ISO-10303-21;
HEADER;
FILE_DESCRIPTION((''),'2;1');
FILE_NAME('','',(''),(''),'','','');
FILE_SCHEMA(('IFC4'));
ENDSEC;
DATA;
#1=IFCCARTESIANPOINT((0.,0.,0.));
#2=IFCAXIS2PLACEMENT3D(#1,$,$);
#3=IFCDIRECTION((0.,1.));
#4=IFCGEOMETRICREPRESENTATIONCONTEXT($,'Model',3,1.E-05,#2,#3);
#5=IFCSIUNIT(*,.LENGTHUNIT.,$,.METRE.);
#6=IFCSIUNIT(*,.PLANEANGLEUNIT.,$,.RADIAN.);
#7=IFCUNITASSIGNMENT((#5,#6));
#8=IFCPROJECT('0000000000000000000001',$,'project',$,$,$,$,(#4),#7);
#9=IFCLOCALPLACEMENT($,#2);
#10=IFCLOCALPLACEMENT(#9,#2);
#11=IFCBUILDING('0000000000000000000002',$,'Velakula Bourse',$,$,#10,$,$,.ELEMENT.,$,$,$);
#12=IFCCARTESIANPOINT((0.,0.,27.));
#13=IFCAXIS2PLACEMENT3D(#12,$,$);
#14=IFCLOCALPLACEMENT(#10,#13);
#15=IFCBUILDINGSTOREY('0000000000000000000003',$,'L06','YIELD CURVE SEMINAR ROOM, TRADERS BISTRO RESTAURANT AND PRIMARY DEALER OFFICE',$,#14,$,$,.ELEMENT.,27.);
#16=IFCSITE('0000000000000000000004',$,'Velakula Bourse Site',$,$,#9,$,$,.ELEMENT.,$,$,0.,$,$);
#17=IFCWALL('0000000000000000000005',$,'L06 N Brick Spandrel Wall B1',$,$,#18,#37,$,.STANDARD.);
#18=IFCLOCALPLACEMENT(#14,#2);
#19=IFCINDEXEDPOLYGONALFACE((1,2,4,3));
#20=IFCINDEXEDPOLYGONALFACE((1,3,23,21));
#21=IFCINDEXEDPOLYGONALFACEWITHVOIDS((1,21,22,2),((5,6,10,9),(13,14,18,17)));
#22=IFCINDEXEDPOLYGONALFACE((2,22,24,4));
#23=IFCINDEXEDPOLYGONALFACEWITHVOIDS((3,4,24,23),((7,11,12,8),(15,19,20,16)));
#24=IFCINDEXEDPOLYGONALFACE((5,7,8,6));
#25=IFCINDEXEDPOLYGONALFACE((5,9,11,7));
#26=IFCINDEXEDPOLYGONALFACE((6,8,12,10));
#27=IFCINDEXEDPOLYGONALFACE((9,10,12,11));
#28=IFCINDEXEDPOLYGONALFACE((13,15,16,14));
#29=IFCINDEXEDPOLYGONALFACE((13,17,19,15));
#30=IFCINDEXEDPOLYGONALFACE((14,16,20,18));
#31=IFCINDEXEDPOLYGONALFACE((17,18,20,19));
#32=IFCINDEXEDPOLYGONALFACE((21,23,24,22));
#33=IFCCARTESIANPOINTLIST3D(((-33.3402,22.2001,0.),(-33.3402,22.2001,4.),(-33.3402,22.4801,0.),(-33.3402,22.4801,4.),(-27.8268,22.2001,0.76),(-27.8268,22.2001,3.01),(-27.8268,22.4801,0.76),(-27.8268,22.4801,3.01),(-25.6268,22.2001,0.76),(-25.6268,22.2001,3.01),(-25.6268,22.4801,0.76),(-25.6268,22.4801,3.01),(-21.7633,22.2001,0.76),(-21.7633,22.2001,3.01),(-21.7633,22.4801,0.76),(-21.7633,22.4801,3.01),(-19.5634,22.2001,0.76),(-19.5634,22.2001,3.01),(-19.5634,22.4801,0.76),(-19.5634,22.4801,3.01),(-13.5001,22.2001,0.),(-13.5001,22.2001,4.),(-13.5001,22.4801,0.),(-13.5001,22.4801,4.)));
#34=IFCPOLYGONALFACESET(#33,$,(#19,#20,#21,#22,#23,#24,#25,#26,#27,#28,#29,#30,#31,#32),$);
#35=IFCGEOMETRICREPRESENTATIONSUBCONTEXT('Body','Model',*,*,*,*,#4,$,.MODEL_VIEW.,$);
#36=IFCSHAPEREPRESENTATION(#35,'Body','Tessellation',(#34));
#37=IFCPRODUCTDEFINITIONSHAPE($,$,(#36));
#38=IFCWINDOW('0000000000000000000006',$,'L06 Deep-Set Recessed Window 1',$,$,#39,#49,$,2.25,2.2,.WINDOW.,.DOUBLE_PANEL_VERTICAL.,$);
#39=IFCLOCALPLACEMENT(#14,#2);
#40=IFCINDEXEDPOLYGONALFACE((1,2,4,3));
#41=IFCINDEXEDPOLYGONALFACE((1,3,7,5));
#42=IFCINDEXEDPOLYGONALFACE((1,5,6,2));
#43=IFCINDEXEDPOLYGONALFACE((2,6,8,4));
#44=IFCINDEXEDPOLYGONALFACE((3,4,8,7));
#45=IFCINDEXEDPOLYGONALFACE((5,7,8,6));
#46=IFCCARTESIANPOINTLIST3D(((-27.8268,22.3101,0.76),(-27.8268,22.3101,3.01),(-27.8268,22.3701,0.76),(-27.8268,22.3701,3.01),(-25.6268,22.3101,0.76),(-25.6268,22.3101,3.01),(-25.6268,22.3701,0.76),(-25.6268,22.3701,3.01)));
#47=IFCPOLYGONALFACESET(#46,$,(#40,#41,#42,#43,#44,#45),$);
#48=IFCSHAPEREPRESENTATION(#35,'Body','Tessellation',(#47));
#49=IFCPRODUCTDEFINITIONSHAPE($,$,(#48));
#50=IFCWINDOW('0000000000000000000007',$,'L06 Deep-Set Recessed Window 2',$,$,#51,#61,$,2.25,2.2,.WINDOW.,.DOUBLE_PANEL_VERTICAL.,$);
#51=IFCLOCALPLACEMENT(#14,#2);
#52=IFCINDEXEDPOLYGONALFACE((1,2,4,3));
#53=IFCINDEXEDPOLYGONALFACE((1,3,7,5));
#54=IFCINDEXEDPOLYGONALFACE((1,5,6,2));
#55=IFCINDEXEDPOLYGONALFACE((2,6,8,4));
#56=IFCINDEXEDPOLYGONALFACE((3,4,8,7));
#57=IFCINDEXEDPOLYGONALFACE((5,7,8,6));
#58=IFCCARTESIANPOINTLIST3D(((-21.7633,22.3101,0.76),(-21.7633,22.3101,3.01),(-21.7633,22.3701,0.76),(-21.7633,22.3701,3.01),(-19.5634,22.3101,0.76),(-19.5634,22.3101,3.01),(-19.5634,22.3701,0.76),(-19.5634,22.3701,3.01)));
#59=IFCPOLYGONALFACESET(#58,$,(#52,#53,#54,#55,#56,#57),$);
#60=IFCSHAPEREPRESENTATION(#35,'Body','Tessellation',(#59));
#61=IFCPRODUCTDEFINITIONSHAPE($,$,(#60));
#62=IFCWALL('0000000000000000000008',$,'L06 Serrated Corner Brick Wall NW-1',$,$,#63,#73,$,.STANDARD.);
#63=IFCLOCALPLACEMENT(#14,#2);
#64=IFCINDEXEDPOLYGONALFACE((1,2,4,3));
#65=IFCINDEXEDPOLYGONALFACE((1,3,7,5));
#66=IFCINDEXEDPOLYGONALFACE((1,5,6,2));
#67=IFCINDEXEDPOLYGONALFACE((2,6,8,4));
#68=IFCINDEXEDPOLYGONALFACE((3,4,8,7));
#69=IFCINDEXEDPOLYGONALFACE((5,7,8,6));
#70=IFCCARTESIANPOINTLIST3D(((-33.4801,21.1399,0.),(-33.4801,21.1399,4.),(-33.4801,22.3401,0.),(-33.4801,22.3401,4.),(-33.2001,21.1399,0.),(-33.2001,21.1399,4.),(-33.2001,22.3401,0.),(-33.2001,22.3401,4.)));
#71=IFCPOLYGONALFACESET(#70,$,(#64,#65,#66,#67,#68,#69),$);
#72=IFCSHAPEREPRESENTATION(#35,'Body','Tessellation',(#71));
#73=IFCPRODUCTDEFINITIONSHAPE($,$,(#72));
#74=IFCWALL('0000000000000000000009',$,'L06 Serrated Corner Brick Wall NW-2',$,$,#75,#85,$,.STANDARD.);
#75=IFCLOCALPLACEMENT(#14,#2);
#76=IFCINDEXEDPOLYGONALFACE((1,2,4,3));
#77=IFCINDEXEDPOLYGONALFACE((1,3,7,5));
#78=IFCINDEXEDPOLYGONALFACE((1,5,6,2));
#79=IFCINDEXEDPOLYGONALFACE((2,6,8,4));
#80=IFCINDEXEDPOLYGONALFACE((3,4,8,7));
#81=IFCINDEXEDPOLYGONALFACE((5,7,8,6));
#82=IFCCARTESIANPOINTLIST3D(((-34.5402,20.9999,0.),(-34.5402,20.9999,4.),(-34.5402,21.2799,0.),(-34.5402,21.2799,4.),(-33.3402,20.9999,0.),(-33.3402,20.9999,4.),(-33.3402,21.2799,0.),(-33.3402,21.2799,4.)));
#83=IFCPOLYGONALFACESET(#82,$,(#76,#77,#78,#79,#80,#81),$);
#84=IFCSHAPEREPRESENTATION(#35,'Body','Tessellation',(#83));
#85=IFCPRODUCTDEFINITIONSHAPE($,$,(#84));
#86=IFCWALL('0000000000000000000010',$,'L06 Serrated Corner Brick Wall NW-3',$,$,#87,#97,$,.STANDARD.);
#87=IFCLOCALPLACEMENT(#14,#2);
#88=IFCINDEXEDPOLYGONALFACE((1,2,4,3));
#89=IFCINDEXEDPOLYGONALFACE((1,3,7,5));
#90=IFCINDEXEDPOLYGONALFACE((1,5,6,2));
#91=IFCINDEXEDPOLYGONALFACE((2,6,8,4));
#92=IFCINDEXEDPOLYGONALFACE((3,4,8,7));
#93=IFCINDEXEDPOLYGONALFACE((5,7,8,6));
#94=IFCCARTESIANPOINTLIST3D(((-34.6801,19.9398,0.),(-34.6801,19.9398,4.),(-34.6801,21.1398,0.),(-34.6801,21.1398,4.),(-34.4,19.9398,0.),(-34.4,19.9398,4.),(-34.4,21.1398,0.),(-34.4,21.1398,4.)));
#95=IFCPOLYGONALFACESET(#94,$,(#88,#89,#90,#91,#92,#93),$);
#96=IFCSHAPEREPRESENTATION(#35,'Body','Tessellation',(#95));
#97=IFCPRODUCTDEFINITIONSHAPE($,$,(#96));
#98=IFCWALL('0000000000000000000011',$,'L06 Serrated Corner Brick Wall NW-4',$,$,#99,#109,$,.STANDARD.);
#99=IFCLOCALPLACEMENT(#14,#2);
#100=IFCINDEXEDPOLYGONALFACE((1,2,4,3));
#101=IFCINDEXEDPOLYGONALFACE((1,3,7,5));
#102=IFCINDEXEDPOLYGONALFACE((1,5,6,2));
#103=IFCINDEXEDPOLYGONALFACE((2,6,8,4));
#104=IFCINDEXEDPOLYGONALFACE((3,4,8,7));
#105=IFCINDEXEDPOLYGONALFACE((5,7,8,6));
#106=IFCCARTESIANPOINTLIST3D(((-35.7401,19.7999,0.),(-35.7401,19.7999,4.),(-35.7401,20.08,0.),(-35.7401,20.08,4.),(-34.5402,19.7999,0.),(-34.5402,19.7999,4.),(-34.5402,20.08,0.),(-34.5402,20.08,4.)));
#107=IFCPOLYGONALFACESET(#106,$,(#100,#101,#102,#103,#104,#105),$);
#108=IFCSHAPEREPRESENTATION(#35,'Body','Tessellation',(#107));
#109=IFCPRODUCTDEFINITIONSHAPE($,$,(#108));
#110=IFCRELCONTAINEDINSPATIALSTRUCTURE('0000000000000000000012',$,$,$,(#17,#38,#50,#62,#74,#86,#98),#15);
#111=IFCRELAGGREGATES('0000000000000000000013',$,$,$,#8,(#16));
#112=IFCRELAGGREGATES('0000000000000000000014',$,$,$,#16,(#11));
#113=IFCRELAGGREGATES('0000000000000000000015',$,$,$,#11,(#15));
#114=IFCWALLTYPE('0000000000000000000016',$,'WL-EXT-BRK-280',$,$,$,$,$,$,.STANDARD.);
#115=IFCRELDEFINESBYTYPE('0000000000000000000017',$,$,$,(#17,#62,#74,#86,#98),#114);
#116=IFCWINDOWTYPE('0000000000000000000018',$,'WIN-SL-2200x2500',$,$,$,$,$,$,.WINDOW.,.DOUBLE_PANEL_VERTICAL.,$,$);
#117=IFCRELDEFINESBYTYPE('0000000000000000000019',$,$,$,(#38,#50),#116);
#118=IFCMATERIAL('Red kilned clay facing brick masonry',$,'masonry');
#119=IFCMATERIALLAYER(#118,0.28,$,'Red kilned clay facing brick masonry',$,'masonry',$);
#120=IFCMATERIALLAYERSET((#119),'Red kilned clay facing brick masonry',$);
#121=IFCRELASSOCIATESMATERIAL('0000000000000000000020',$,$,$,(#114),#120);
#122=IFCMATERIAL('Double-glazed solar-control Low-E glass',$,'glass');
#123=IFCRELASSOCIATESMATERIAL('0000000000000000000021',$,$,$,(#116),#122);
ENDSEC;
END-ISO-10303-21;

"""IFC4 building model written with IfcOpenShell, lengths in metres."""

from ifc_helpers import new_model, si_unit, direction, frame, frame_2d, origin, place, context, subcontext, project, spatial, rectangle, extrude, material, layer, layer_set, type_object, element, fill, save


model = new_model("IFC4")

# Units and contexts
model_context = context("Model", 3, precision=1e-05, world=origin(), true_north=direction((0.0, 1.0)))
body_context = subcontext(model_context, "Body", "Model", "MODEL_VIEW")
ifc_project = project(units=[si_unit("LENGTHUNIT", "METRE"), si_unit("PLANEANGLEUNIT", "RADIAN")], contexts=[model_context])

# Site, building, storey
site_placement = place(None, origin())
site = spatial("IfcSite", under=ifc_project, at=site_placement, Name="Velakula Bourse Site", CompositionType="ELEMENT", RefElevation=0.0)
building_placement = place(site_placement, origin())
building = spatial("IfcBuilding", under=site, at=building_placement, Name="Velakula Bourse", CompositionType="ELEMENT")
storey_placement = place(building_placement, frame((0.0, 0.0, 27.0)))
storey = spatial("IfcBuildingStorey", under=building, at=storey_placement, Name="L06", Description="YIELD CURVE SEMINAR ROOM, TRADERS BISTRO RESTAURANT AND PRIMARY DEALER OFFICE", CompositionType="ELEMENT", Elevation=27.0)

# Wall, openings, windows
ifc_material_1 = material(Name="Red kilned clay facing brick masonry", Category="masonry")
ifc_layer_1 = layer(ifc_material_1, 0.28, Name="Red kilned clay facing brick masonry", Category="masonry")
ifc_layer_set_1 = layer_set([ifc_layer_1], Name="Red kilned clay facing brick masonry")
wall_type = type_object("IfcWallType", Name="WL-EXT-BRK-280", PredefinedType="STANDARD", material=ifc_layer_set_1)
wall_1_placement = place(storey_placement, frame((-33.3401, 22.3401, 0.0), z_axis=(0.0, 0.0, 1.0), x_axis=(1.0, 0.0, 0.0)))
wall_1 = element("IfcWall", 1, at=wall_1_placement, inside=storey, type_object=wall_type, Name="L06 N Brick Spandrel Wall B1", PredefinedType="STANDARD", context=body_context, shape_type="SweptSolid", body=[
    extrude(rectangle(XDim=19.8401, YDim=0.28, at=frame_2d((9.9199, 0.0))), origin(), (0.0, 0.0, 1.0), 4.0),
])
opening_1_placement = place(wall_1_placement, frame((5.5132, 0.0, 0.76)))
opening_1 = element("IfcOpeningElement", 2, at=opening_1_placement, cuts=wall_1, PredefinedType="OPENING", context=body_context, shape_type="SweptSolid", body=[
    extrude(rectangle(XDim=2.2, YDim=2.25, at=frame_2d((1.1001, 1.125))), frame((0.0, 0.1499, 0.0), z_axis=(0.0, -1.0, 0.0), x_axis=(1.0, 0.0, 0.0)), (0.0, 0.0, 1.0), 0.3),
])
opening_2_placement = place(wall_1_placement, frame((11.5767, 0.0, 0.76)))
opening_2 = element("IfcOpeningElement", 3, at=opening_2_placement, cuts=wall_1, PredefinedType="OPENING", context=body_context, shape_type="SweptSolid", body=[
    extrude(rectangle(XDim=2.2, YDim=2.25, at=frame_2d((1.1001, 1.125))), frame((0.0, 0.1499, 0.0), z_axis=(0.0, -1.0, 0.0), x_axis=(1.0, 0.0, 0.0)), (0.0, 0.0, 1.0), 0.3),
])
ifc_material_2 = material(Name="Double-glazed solar-control Low-E glass", Category="glass")
window_type = type_object("IfcWindowType", Name="WIN-SL-2200x2500", PartitioningType="DOUBLE_PANEL_VERTICAL", PredefinedType="WINDOW", material=ifc_material_2)
window_1_placement = place(opening_1_placement, origin())
window_1 = element("IfcWindow", 4, at=window_1_placement, inside=storey, type_object=window_type, Name="L06 Deep-Set Recessed Window 1", OverallHeight=2.25, OverallWidth=2.2, PartitioningType="DOUBLE_PANEL_VERTICAL", PredefinedType="WINDOW", context=body_context, shape_type="SweptSolid", body=[
    extrude(rectangle(XDim=2.2, YDim=2.25, at=frame_2d((1.1001, 1.125))), frame((0.0, 0.03, 0.0), z_axis=(0.0, -1.0, 0.0), x_axis=(1.0, 0.0, 0.0)), (0.0, 0.0, 1.0), 0.0601),
])
fill(opening_1, window_1)
window_2_placement = place(opening_2_placement, origin())
window_2 = element("IfcWindow", 5, at=window_2_placement, inside=storey, type_object=window_type, Name="L06 Deep-Set Recessed Window 2", OverallHeight=2.25, OverallWidth=2.2, PartitioningType="DOUBLE_PANEL_VERTICAL", PredefinedType="WINDOW", context=body_context, shape_type="SweptSolid", body=[
    extrude(rectangle(XDim=2.2, YDim=2.25, at=frame_2d((1.1001, 1.125))), frame((0.0, 0.03, 0.0), z_axis=(0.0, -1.0, 0.0), x_axis=(1.0, 0.0, 0.0)), (0.0, 0.0, 1.0), 0.0601),
])
fill(opening_2, window_2)

# Walls
wall_2_placement = place(storey_placement, frame((-33.3401, 22.3401, 0.0), z_axis=(0.0, 0.0, 1.0), x_axis=(0.0, -1.0, 0.0)))
element("IfcWall", 6, at=wall_2_placement, inside=storey, type_object=wall_type, Name="L06 Serrated Corner Brick Wall NW-1", PredefinedType="STANDARD", context=body_context, shape_type="SweptSolid", body=[
    extrude(rectangle(XDim=1.2002, YDim=0.28, at=frame_2d((0.6001, 0.0))), origin(), (0.0, 0.0, 1.0), 4.0),
])
for number, where, z_axis, x_axis, name in (
    (7, (-33.3401, 21.1399, 0.0), (0.0, 0.0, 1.0), (-1.0, 0.0, 0.0), "L06 Serrated Corner Brick Wall NW-2"),
    (8, (-34.54, 21.1399, 0.0), (0.0, 0.0, 1.0), (0.0, -1.0, 0.0), "L06 Serrated Corner Brick Wall NW-3"),
    (9, (-34.54, 19.9399, 0.0), (0.0, 0.0, 1.0), (-1.0, 0.0, 0.0), "L06 Serrated Corner Brick Wall NW-4"),
):
    element("IfcWall", number, at=place(storey_placement, frame(where, z_axis=z_axis, x_axis=x_axis)), inside=storey, type_object=wall_type, Name=name, PredefinedType="STANDARD", context=body_context, shape_type="SweptSolid", body=[
        extrude(rectangle(XDim=1.2, YDim=0.28, at=frame_2d((0.6001, 0.0))), origin(), (0.0, 0.0, 1.0), 4.0),
    ])

save(model, "model.ifc")
